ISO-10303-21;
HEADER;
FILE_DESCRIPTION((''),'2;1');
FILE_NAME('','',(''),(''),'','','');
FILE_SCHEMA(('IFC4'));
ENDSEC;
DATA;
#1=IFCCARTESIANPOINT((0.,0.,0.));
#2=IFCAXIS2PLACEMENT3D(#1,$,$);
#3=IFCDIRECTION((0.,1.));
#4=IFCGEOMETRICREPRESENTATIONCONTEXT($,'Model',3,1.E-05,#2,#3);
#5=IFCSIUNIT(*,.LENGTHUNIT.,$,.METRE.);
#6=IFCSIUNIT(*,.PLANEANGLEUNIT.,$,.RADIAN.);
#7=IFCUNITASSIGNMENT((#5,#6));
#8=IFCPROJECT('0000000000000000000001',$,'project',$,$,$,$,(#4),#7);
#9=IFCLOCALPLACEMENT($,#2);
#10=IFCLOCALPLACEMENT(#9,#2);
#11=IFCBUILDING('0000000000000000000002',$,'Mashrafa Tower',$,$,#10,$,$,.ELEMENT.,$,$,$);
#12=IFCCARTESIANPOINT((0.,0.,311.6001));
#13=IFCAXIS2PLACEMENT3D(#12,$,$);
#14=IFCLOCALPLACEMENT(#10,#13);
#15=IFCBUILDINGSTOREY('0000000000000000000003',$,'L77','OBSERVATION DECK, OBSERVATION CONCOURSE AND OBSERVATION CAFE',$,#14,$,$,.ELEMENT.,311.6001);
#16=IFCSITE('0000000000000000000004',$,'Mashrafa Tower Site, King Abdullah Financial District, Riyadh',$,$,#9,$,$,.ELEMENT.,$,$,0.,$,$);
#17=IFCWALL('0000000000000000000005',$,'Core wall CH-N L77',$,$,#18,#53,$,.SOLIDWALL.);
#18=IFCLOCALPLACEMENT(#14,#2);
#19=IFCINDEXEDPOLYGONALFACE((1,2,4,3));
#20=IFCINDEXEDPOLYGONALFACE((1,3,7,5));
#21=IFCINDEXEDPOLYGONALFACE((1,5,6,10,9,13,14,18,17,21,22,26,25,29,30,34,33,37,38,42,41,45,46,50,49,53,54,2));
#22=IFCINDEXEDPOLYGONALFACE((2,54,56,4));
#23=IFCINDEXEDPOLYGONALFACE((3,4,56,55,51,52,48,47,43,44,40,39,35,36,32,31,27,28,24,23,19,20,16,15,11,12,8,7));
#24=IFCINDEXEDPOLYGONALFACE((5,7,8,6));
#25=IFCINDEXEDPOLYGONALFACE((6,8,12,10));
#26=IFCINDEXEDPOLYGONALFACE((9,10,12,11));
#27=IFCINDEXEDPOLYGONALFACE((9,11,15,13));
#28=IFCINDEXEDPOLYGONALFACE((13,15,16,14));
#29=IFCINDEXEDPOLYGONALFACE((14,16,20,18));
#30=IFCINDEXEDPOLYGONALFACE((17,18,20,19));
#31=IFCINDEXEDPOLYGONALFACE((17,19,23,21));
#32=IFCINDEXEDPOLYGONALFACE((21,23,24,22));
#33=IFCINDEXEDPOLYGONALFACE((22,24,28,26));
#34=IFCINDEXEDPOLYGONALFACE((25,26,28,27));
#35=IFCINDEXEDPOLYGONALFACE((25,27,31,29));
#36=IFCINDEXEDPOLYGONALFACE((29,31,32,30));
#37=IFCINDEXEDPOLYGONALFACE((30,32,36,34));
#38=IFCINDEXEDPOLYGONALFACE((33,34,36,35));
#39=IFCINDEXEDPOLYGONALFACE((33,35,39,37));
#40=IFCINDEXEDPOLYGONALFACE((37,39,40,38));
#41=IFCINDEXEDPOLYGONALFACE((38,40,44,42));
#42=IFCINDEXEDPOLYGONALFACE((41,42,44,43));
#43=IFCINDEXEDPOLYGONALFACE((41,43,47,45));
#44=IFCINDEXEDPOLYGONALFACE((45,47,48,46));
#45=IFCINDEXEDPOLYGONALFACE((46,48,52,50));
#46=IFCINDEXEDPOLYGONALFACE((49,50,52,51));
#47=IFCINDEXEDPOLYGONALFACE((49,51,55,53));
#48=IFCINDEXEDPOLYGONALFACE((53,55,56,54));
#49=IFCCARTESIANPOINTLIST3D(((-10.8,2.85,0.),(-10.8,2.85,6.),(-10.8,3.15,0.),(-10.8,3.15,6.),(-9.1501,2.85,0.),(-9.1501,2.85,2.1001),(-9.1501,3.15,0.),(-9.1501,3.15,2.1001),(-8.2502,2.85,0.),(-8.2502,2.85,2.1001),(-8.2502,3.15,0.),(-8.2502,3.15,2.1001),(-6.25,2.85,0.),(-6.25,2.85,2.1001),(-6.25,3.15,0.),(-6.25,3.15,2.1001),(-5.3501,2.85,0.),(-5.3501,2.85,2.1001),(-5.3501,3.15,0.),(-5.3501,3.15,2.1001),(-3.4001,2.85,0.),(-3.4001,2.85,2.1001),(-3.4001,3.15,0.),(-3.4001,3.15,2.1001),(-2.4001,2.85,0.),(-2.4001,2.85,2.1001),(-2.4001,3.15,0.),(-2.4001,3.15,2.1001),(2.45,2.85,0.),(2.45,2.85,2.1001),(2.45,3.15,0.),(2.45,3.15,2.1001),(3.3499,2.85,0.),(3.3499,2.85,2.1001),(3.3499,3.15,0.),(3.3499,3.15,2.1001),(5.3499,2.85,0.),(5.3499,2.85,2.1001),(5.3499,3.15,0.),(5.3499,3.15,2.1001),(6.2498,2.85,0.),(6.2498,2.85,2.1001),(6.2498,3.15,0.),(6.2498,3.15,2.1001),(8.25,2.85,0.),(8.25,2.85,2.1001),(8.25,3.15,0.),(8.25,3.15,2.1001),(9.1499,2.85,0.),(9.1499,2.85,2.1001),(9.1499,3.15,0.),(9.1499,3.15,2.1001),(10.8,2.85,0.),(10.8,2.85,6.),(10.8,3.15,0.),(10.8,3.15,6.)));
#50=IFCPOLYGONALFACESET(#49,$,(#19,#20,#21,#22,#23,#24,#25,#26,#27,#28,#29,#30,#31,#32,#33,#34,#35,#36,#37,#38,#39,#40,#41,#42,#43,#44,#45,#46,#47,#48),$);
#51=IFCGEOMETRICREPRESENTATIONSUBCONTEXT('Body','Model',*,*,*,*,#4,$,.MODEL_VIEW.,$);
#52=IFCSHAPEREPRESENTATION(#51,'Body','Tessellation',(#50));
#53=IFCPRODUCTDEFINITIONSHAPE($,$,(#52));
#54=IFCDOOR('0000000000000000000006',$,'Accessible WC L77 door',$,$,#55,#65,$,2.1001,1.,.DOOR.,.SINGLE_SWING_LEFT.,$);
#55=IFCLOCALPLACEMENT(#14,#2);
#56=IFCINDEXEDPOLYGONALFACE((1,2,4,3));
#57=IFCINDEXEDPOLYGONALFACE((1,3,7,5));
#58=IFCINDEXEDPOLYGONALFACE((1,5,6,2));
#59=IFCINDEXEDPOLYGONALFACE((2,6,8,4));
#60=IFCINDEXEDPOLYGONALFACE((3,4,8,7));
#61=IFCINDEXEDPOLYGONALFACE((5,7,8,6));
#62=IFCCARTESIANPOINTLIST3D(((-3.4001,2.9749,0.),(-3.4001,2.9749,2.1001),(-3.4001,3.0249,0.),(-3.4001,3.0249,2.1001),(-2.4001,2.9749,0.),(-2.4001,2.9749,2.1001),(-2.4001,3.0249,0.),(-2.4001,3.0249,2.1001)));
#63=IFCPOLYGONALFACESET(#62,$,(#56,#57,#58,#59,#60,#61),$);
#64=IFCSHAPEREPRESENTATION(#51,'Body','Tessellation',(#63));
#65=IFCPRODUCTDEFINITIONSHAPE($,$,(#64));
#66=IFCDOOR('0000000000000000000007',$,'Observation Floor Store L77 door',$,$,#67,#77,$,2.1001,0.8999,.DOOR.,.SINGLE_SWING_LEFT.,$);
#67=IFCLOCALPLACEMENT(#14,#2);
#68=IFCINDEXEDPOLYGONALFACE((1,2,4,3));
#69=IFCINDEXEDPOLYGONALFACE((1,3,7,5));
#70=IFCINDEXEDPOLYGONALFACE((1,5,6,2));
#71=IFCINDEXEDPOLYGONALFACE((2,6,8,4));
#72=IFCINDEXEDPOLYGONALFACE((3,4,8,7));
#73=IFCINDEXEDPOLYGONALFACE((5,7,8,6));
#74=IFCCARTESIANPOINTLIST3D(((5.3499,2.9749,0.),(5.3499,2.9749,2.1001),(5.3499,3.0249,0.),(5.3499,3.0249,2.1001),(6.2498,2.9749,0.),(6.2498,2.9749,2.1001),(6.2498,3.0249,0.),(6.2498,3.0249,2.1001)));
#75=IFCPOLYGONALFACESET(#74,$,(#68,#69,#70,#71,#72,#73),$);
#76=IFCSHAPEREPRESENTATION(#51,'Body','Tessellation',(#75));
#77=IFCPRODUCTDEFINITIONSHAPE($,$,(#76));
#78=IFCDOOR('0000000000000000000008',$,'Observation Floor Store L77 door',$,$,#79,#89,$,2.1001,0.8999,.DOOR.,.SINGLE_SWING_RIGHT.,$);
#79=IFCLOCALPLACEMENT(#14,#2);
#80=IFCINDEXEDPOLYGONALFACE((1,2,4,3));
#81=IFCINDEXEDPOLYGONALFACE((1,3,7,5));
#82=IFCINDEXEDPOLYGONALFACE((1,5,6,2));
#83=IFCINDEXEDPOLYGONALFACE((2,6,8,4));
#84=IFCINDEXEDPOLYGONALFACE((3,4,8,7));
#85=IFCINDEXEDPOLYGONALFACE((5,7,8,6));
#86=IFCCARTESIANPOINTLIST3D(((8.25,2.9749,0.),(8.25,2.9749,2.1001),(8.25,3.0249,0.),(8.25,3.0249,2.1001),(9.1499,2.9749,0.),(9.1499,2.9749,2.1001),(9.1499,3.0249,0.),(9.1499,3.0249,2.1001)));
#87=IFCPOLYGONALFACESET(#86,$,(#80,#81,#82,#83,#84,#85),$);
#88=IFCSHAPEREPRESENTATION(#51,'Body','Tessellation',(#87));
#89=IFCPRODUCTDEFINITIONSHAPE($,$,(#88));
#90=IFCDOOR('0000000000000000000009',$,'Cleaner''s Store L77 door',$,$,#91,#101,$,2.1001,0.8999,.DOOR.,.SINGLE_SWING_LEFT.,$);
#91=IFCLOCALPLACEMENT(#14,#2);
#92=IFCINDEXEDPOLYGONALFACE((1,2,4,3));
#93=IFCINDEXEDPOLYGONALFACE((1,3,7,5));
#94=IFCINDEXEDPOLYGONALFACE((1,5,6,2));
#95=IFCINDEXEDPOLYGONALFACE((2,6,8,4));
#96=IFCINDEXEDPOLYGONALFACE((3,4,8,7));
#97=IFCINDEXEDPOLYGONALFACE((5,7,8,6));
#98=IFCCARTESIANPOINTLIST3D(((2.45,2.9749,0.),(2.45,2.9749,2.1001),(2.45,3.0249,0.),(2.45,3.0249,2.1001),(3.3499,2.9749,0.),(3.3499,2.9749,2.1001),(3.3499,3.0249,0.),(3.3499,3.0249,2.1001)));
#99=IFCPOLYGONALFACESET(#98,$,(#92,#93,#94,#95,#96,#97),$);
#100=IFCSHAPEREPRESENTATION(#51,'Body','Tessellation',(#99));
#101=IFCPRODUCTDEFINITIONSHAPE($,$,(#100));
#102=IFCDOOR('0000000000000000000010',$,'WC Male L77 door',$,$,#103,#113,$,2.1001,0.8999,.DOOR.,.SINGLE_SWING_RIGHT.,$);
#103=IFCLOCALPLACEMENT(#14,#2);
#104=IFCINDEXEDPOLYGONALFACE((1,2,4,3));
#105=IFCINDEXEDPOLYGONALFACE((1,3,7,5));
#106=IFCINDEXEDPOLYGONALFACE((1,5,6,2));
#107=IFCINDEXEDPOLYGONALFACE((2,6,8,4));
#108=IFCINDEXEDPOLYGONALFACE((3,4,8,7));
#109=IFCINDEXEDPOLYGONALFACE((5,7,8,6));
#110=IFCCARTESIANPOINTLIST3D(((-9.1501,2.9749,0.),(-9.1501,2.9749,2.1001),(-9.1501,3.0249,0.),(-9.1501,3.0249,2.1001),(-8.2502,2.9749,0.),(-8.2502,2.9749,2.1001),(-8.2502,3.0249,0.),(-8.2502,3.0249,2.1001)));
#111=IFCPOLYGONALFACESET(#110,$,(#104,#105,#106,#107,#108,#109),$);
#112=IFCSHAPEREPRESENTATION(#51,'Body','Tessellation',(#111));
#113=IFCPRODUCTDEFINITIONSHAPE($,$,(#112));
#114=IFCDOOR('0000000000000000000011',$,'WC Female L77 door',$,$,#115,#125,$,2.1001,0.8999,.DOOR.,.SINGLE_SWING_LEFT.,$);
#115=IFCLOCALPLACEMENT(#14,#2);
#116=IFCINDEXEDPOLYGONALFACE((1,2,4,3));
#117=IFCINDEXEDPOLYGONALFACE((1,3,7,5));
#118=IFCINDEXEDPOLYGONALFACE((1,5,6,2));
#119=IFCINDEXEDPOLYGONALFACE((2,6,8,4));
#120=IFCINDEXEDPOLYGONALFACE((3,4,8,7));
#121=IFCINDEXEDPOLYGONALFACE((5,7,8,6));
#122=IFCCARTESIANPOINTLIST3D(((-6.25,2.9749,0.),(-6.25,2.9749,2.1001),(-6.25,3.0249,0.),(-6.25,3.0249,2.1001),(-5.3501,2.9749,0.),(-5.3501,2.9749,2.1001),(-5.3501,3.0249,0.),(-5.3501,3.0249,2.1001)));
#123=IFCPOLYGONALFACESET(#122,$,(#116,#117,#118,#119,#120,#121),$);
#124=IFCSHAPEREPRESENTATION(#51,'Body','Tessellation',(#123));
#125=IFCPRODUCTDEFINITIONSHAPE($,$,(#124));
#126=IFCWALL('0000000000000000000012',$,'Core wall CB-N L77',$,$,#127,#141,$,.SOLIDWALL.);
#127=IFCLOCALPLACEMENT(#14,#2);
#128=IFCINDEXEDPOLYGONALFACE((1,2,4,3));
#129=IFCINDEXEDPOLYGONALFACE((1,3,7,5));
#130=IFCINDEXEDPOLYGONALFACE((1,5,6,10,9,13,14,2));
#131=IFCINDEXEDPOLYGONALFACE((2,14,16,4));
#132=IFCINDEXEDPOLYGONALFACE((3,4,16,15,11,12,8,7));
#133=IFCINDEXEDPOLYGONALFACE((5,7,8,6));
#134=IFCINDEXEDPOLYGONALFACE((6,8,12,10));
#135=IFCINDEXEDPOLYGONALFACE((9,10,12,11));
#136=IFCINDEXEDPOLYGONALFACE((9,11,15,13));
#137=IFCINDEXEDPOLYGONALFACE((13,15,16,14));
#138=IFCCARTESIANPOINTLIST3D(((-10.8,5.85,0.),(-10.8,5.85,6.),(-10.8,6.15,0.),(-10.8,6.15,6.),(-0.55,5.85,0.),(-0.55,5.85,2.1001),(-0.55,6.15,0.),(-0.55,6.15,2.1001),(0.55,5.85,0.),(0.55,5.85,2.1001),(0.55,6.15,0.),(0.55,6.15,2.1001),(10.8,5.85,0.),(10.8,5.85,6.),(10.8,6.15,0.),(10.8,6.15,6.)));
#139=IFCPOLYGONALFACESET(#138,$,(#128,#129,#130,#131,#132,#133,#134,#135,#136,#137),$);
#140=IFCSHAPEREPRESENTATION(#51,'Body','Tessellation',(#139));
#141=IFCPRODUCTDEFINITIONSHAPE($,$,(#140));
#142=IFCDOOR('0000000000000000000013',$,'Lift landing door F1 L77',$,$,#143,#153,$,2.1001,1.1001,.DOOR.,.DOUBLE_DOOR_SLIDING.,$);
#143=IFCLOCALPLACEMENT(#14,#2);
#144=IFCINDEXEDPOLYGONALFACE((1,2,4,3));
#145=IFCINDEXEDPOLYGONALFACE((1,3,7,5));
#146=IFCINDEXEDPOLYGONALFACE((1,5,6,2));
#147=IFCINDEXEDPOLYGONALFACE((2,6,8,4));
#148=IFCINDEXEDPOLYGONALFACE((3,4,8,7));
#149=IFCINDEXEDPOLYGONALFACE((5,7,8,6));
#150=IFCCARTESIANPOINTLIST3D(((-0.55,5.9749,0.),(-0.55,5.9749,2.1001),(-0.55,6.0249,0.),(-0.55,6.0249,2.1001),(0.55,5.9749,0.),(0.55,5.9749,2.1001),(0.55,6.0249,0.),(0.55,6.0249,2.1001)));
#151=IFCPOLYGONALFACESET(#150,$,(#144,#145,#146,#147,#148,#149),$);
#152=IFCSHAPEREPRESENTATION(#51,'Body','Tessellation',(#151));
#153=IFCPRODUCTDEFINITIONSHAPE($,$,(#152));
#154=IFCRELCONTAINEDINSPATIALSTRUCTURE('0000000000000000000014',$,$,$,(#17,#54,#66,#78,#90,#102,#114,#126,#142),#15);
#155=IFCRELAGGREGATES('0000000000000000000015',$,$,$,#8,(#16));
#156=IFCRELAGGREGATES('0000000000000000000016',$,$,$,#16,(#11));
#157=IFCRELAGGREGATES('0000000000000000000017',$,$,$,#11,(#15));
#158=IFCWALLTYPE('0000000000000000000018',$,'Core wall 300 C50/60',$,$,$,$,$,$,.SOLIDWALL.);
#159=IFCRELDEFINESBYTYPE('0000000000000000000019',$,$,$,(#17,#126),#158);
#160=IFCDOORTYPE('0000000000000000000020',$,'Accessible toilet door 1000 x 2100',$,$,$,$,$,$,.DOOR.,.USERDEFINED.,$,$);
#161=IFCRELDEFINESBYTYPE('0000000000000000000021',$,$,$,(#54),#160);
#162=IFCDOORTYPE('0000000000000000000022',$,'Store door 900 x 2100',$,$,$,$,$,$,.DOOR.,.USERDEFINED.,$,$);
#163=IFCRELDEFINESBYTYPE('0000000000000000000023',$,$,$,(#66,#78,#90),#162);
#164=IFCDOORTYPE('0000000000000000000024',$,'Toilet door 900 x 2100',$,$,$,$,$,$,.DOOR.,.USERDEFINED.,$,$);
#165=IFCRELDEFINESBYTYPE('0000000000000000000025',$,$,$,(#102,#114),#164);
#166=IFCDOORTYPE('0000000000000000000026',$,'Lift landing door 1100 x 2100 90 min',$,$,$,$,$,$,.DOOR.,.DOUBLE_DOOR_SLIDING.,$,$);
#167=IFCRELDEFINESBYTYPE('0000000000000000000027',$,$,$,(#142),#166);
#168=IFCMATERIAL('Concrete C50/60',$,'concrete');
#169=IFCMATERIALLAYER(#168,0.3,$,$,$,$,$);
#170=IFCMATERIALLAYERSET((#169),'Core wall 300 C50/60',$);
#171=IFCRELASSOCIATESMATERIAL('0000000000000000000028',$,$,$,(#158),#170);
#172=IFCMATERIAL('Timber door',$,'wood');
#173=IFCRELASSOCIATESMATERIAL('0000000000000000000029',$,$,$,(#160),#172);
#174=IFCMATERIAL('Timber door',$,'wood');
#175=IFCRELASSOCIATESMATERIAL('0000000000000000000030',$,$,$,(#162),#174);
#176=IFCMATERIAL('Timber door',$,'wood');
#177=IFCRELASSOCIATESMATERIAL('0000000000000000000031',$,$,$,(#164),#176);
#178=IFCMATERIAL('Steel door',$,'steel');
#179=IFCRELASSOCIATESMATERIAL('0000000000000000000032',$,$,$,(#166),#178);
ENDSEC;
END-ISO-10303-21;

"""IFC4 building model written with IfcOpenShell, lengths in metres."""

from ifc_helpers import new_model, si_unit, direction, frame, frame_2d, origin, place, context, subcontext, project, spatial, rectangle, extrude, material, layer, layer_set, type_object, element, fill, save


model = new_model("IFC4")

# Units and contexts
model_context = context("Model", 3, precision=1e-05, world=origin(), true_north=direction((0.0, 1.0)))
body_context = subcontext(model_context, "Body", "Model", "MODEL_VIEW")
ifc_project = project(units=[si_unit("LENGTHUNIT", "METRE"), si_unit("PLANEANGLEUNIT", "RADIAN")], contexts=[model_context])

# Site, building, storey
site_placement = place(None, origin())
site = spatial("IfcSite", under=ifc_project, at=site_placement, Name="Mashrafa Tower Site, King Abdullah Financial District, Riyadh", CompositionType="ELEMENT", RefElevation=0.0)
building_placement = place(site_placement, origin())
building = spatial("IfcBuilding", under=site, at=building_placement, Name="Mashrafa Tower", CompositionType="ELEMENT")
storey_placement = place(building_placement, frame((0.0, 0.0, 311.6001)))
storey = spatial("IfcBuildingStorey", under=building, at=storey_placement, Name="L77", Description="OBSERVATION DECK, OBSERVATION CONCOURSE AND OBSERVATION CAFE", CompositionType="ELEMENT", Elevation=311.6001)

# Wall, openings, doors
ifc_material_1 = material(Name="Concrete C50/60", Category="concrete")
ifc_layer_1 = layer(ifc_material_1, 0.3)
ifc_layer_set_1 = layer_set([ifc_layer_1], Name="Core wall 300 C50/60")
wall_type_1 = type_object("IfcWallType", Name="Core wall 300 C50/60", PredefinedType="SOLIDWALL", material=ifc_layer_set_1)
wall_1_placement = place(storey_placement, frame((-10.8, 3.0, 0.0), z_axis=(0.0, 0.0, 1.0), x_axis=(1.0, 0.0, 0.0)))
wall_1 = element("IfcWall", 1, at=wall_1_placement, inside=storey, type_object=wall_type_1, Name="Core wall CH-N L77", PredefinedType="SOLIDWALL", context=body_context, shape_type="SweptSolid", body=[
    extrude(rectangle(XDim=21.6001, YDim=0.3, at=frame_2d((10.8, 0.0))), origin(), (0.0, 0.0, 1.0), 6.0),
])
opening_1_placement = place(wall_1_placement, frame((16.1499, 0.0, 0.0)))
opening_1 = element("IfcOpeningElement", 2, at=opening_1_placement, cuts=wall_1, PredefinedType="OPENING", context=body_context, shape_type="SweptSolid", body=[
    extrude(rectangle(XDim=0.8999, YDim=2.1001, at=frame_2d((0.45, 1.05))), frame((0.0, 0.1599, 0.0), z_axis=(0.0, -1.0, 0.0), x_axis=(1.0, 0.0, 0.0)), (0.0, 0.0, 1.0), 0.3201),
])
opening_2_placement = place(wall_1_placement, frame((19.05, 0.0, 0.0)))
opening_2 = element("IfcOpeningElement", 3, at=opening_2_placement, cuts=wall_1, PredefinedType="OPENING", context=body_context, shape_type="SweptSolid", body=[
    extrude(rectangle(XDim=0.8999, YDim=2.1001, at=frame_2d((0.45, 1.05))), frame((0.0, 0.1599, 0.0), z_axis=(0.0, -1.0, 0.0), x_axis=(1.0, 0.0, 0.0)), (0.0, 0.0, 1.0), 0.3201),
])
opening_3_placement = place(wall_1_placement, frame((1.6499, 0.0, 0.0)))
opening_3 = element("IfcOpeningElement", 4, at=opening_3_placement, cuts=wall_1, PredefinedType="OPENING", context=body_context, shape_type="SweptSolid", body=[
    extrude(rectangle(XDim=0.8999, YDim=2.1001, at=frame_2d((0.45, 1.05))), frame((0.0, 0.1599, 0.0), z_axis=(0.0, -1.0, 0.0), x_axis=(1.0, 0.0, 0.0)), (0.0, 0.0, 1.0), 0.3201),
])
opening_4_placement = place(wall_1_placement, frame((4.55, 0.0, 0.0)))
opening_4 = element("IfcOpeningElement", 5, at=opening_4_placement, cuts=wall_1, PredefinedType="OPENING", context=body_context, shape_type="SweptSolid", body=[
    extrude(rectangle(XDim=0.8999, YDim=2.1001, at=frame_2d((0.45, 1.05))), frame((0.0, 0.1599, 0.0), z_axis=(0.0, -1.0, 0.0), x_axis=(1.0, 0.0, 0.0)), (0.0, 0.0, 1.0), 0.3201),
])
opening_5_placement = place(wall_1_placement, frame((7.3999, 0.0, 0.0)))
opening_5 = element("IfcOpeningElement", 6, at=opening_5_placement, cuts=wall_1, PredefinedType="OPENING", context=body_context, shape_type="SweptSolid", body=[
    extrude(rectangle(XDim=1.0, YDim=2.1001, at=frame_2d((0.5, 1.05))), frame((0.0, 0.1599, 0.0), z_axis=(0.0, -1.0, 0.0), x_axis=(1.0, 0.0, 0.0)), (0.0, 0.0, 1.0), 0.3201),
])
opening_6_placement = place(wall_1_placement, frame((13.25, 0.0, 0.0)))
opening_6 = element("IfcOpeningElement", 7, at=opening_6_placement, cuts=wall_1, PredefinedType="OPENING", context=body_context, shape_type="SweptSolid", body=[
    extrude(rectangle(XDim=0.8999, YDim=2.1001, at=frame_2d((0.45, 1.05))), frame((0.0, 0.1599, 0.0), z_axis=(0.0, -1.0, 0.0), x_axis=(1.0, 0.0, 0.0)), (0.0, 0.0, 1.0), 0.3201),
])
ifc_material_2 = material(Name="Timber door", Category="wood")
door_type_1 = type_object("IfcDoorType", Name="Accessible toilet door 1000 x 2100", OperationType="USERDEFINED", PredefinedType="DOOR", material=ifc_material_2)
door_1_placement = place(opening_5_placement, origin())
door_1 = element("IfcDoor", 8, at=door_1_placement, inside=storey, type_object=door_type_1, Name="Accessible WC L77 door", OperationType="SINGLE_SWING_LEFT", OverallHeight=2.1001, OverallWidth=1.0, PredefinedType="DOOR", context=body_context, shape_type="SweptSolid", body=[
    extrude(rectangle(XDim=1.0, YDim=2.1001, at=frame_2d((0.5, 1.05))), frame((0.0, 0.0249, 0.0), z_axis=(0.0, -1.0, 0.0), x_axis=(1.0, 0.0, 0.0)), (0.0, 0.0, 1.0), 0.05),
])
fill(opening_5, door_1)
ifc_material_3 = material(Name="Timber door", Category="wood")
door_type_2 = type_object("IfcDoorType", Name="Store door 900 x 2100", OperationType="USERDEFINED", PredefinedType="DOOR", material=ifc_material_3)
door_2_placement = place(opening_1_placement, origin())
door_2 = element("IfcDoor", 9, at=door_2_placement, inside=storey, type_object=door_type_2, Name="Observation Floor Store L77 door", OperationType="SINGLE_SWING_LEFT", OverallHeight=2.1001, OverallWidth=0.8999, PredefinedType="DOOR", context=body_context, shape_type="SweptSolid", body=[
    extrude(rectangle(XDim=0.8999, YDim=2.1001, at=frame_2d((0.45, 1.05))), frame((0.0, 0.0249, 0.0), z_axis=(0.0, -1.0, 0.0), x_axis=(1.0, 0.0, 0.0)), (0.0, 0.0, 1.0), 0.05),
])
fill(opening_1, door_2)
door_3_placement = place(opening_2_placement, origin())
door_3 = element("IfcDoor", 10, at=door_3_placement, inside=storey, type_object=door_type_2, Name="Observation Floor Store L77 door", OperationType="SINGLE_SWING_RIGHT", OverallHeight=2.1001, OverallWidth=0.8999, PredefinedType="DOOR", context=body_context, shape_type="SweptSolid", body=[
    extrude(rectangle(XDim=0.8999, YDim=2.1001, at=frame_2d((0.45, 1.05))), frame((0.0, 0.0249, 0.0), z_axis=(0.0, -1.0, 0.0), x_axis=(1.0, 0.0, 0.0)), (0.0, 0.0, 1.0), 0.05),
])
fill(opening_2, door_3)
door_4_placement = place(opening_6_placement, origin())
door_4 = element("IfcDoor", 11, at=door_4_placement, inside=storey, type_object=door_type_2, Name="Cleaner's Store L77 door", OperationType="SINGLE_SWING_LEFT", OverallHeight=2.1001, OverallWidth=0.8999, PredefinedType="DOOR", context=body_context, shape_type="SweptSolid", body=[
    extrude(rectangle(XDim=0.8999, YDim=2.1001, at=frame_2d((0.45, 1.05))), frame((0.0, 0.0249, 0.0), z_axis=(0.0, -1.0, 0.0), x_axis=(1.0, 0.0, 0.0)), (0.0, 0.0, 1.0), 0.05),
])
fill(opening_6, door_4)
ifc_material_4 = material(Name="Timber door", Category="wood")
door_type_3 = type_object("IfcDoorType", Name="Toilet door 900 x 2100", OperationType="USERDEFINED", PredefinedType="DOOR", material=ifc_material_4)
door_5_placement = place(opening_3_placement, origin())
door_5 = element("IfcDoor", 12, at=door_5_placement, inside=storey, type_object=door_type_3, Name="WC Male L77 door", OperationType="SINGLE_SWING_RIGHT", OverallHeight=2.1001, OverallWidth=0.8999, PredefinedType="DOOR", context=body_context, shape_type="SweptSolid", body=[
    extrude(rectangle(XDim=0.8999, YDim=2.1001, at=frame_2d((0.45, 1.05))), frame((0.0, 0.0249, 0.0), z_axis=(0.0, -1.0, 0.0), x_axis=(1.0, 0.0, 0.0)), (0.0, 0.0, 1.0), 0.05),
])
fill(opening_3, door_5)
door_6_placement = place(opening_4_placement, origin())
door_6 = element("IfcDoor", 13, at=door_6_placement, inside=storey, type_object=door_type_3, Name="WC Female L77 door", OperationType="SINGLE_SWING_LEFT", OverallHeight=2.1001, OverallWidth=0.8999, PredefinedType="DOOR", context=body_context, shape_type="SweptSolid", body=[
    extrude(rectangle(XDim=0.8999, YDim=2.1001, at=frame_2d((0.45, 1.05))), frame((0.0, 0.0249, 0.0), z_axis=(0.0, -1.0, 0.0), x_axis=(1.0, 0.0, 0.0)), (0.0, 0.0, 1.0), 0.05),
])
fill(opening_4, door_6)

# Wall, opening, door
wall_2_placement = place(storey_placement, frame((-10.8, 6.0, 0.0), z_axis=(0.0, 0.0, 1.0), x_axis=(1.0, 0.0, 0.0)))
wall_2 = element("IfcWall", 14, at=wall_2_placement, inside=storey, type_object=wall_type_1, Name="Core wall CB-N L77", PredefinedType="SOLIDWALL", context=body_context, shape_type="SweptSolid", body=[
    extrude(rectangle(XDim=21.6001, YDim=0.3, at=frame_2d((10.8, 0.0))), origin(), (0.0, 0.0, 1.0), 6.0),
])
opening_7_placement = place(wall_2_placement, frame((10.25, 0.0, 0.0)))
opening_7 = element("IfcOpeningElement", 15, at=opening_7_placement, cuts=wall_2, PredefinedType="OPENING", context=body_context, shape_type="SweptSolid", body=[
    extrude(rectangle(XDim=1.1001, YDim=2.1001, at=frame_2d((0.55, 1.05))), frame((0.0, 0.1599, 0.0), z_axis=(0.0, -1.0, 0.0), x_axis=(1.0, 0.0, 0.0)), (0.0, 0.0, 1.0), 0.3201),
])
ifc_material_5 = material(Name="Steel door", Category="steel")
door_type_4 = type_object("IfcDoorType", Name="Lift landing door 1100 x 2100 90 min", OperationType="DOUBLE_DOOR_SLIDING", PredefinedType="DOOR", material=ifc_material_5)
door_7_placement = place(opening_7_placement, origin())
door_7 = element("IfcDoor", 16, at=door_7_placement, inside=storey, type_object=door_type_4, Name="Lift landing door F1 L77", OperationType="DOUBLE_DOOR_SLIDING", OverallHeight=2.1001, OverallWidth=1.1001, PredefinedType="DOOR", context=body_context, shape_type="SweptSolid", body=[
    extrude(rectangle(XDim=1.1001, YDim=2.1001, at=frame_2d((0.55, 1.05))), frame((0.0, 0.0249, 0.0), z_axis=(0.0, -1.0, 0.0), x_axis=(1.0, 0.0, 0.0)), (0.0, 0.0, 1.0), 0.05),
])
fill(opening_7, door_7)

save(model, "model.ifc")
